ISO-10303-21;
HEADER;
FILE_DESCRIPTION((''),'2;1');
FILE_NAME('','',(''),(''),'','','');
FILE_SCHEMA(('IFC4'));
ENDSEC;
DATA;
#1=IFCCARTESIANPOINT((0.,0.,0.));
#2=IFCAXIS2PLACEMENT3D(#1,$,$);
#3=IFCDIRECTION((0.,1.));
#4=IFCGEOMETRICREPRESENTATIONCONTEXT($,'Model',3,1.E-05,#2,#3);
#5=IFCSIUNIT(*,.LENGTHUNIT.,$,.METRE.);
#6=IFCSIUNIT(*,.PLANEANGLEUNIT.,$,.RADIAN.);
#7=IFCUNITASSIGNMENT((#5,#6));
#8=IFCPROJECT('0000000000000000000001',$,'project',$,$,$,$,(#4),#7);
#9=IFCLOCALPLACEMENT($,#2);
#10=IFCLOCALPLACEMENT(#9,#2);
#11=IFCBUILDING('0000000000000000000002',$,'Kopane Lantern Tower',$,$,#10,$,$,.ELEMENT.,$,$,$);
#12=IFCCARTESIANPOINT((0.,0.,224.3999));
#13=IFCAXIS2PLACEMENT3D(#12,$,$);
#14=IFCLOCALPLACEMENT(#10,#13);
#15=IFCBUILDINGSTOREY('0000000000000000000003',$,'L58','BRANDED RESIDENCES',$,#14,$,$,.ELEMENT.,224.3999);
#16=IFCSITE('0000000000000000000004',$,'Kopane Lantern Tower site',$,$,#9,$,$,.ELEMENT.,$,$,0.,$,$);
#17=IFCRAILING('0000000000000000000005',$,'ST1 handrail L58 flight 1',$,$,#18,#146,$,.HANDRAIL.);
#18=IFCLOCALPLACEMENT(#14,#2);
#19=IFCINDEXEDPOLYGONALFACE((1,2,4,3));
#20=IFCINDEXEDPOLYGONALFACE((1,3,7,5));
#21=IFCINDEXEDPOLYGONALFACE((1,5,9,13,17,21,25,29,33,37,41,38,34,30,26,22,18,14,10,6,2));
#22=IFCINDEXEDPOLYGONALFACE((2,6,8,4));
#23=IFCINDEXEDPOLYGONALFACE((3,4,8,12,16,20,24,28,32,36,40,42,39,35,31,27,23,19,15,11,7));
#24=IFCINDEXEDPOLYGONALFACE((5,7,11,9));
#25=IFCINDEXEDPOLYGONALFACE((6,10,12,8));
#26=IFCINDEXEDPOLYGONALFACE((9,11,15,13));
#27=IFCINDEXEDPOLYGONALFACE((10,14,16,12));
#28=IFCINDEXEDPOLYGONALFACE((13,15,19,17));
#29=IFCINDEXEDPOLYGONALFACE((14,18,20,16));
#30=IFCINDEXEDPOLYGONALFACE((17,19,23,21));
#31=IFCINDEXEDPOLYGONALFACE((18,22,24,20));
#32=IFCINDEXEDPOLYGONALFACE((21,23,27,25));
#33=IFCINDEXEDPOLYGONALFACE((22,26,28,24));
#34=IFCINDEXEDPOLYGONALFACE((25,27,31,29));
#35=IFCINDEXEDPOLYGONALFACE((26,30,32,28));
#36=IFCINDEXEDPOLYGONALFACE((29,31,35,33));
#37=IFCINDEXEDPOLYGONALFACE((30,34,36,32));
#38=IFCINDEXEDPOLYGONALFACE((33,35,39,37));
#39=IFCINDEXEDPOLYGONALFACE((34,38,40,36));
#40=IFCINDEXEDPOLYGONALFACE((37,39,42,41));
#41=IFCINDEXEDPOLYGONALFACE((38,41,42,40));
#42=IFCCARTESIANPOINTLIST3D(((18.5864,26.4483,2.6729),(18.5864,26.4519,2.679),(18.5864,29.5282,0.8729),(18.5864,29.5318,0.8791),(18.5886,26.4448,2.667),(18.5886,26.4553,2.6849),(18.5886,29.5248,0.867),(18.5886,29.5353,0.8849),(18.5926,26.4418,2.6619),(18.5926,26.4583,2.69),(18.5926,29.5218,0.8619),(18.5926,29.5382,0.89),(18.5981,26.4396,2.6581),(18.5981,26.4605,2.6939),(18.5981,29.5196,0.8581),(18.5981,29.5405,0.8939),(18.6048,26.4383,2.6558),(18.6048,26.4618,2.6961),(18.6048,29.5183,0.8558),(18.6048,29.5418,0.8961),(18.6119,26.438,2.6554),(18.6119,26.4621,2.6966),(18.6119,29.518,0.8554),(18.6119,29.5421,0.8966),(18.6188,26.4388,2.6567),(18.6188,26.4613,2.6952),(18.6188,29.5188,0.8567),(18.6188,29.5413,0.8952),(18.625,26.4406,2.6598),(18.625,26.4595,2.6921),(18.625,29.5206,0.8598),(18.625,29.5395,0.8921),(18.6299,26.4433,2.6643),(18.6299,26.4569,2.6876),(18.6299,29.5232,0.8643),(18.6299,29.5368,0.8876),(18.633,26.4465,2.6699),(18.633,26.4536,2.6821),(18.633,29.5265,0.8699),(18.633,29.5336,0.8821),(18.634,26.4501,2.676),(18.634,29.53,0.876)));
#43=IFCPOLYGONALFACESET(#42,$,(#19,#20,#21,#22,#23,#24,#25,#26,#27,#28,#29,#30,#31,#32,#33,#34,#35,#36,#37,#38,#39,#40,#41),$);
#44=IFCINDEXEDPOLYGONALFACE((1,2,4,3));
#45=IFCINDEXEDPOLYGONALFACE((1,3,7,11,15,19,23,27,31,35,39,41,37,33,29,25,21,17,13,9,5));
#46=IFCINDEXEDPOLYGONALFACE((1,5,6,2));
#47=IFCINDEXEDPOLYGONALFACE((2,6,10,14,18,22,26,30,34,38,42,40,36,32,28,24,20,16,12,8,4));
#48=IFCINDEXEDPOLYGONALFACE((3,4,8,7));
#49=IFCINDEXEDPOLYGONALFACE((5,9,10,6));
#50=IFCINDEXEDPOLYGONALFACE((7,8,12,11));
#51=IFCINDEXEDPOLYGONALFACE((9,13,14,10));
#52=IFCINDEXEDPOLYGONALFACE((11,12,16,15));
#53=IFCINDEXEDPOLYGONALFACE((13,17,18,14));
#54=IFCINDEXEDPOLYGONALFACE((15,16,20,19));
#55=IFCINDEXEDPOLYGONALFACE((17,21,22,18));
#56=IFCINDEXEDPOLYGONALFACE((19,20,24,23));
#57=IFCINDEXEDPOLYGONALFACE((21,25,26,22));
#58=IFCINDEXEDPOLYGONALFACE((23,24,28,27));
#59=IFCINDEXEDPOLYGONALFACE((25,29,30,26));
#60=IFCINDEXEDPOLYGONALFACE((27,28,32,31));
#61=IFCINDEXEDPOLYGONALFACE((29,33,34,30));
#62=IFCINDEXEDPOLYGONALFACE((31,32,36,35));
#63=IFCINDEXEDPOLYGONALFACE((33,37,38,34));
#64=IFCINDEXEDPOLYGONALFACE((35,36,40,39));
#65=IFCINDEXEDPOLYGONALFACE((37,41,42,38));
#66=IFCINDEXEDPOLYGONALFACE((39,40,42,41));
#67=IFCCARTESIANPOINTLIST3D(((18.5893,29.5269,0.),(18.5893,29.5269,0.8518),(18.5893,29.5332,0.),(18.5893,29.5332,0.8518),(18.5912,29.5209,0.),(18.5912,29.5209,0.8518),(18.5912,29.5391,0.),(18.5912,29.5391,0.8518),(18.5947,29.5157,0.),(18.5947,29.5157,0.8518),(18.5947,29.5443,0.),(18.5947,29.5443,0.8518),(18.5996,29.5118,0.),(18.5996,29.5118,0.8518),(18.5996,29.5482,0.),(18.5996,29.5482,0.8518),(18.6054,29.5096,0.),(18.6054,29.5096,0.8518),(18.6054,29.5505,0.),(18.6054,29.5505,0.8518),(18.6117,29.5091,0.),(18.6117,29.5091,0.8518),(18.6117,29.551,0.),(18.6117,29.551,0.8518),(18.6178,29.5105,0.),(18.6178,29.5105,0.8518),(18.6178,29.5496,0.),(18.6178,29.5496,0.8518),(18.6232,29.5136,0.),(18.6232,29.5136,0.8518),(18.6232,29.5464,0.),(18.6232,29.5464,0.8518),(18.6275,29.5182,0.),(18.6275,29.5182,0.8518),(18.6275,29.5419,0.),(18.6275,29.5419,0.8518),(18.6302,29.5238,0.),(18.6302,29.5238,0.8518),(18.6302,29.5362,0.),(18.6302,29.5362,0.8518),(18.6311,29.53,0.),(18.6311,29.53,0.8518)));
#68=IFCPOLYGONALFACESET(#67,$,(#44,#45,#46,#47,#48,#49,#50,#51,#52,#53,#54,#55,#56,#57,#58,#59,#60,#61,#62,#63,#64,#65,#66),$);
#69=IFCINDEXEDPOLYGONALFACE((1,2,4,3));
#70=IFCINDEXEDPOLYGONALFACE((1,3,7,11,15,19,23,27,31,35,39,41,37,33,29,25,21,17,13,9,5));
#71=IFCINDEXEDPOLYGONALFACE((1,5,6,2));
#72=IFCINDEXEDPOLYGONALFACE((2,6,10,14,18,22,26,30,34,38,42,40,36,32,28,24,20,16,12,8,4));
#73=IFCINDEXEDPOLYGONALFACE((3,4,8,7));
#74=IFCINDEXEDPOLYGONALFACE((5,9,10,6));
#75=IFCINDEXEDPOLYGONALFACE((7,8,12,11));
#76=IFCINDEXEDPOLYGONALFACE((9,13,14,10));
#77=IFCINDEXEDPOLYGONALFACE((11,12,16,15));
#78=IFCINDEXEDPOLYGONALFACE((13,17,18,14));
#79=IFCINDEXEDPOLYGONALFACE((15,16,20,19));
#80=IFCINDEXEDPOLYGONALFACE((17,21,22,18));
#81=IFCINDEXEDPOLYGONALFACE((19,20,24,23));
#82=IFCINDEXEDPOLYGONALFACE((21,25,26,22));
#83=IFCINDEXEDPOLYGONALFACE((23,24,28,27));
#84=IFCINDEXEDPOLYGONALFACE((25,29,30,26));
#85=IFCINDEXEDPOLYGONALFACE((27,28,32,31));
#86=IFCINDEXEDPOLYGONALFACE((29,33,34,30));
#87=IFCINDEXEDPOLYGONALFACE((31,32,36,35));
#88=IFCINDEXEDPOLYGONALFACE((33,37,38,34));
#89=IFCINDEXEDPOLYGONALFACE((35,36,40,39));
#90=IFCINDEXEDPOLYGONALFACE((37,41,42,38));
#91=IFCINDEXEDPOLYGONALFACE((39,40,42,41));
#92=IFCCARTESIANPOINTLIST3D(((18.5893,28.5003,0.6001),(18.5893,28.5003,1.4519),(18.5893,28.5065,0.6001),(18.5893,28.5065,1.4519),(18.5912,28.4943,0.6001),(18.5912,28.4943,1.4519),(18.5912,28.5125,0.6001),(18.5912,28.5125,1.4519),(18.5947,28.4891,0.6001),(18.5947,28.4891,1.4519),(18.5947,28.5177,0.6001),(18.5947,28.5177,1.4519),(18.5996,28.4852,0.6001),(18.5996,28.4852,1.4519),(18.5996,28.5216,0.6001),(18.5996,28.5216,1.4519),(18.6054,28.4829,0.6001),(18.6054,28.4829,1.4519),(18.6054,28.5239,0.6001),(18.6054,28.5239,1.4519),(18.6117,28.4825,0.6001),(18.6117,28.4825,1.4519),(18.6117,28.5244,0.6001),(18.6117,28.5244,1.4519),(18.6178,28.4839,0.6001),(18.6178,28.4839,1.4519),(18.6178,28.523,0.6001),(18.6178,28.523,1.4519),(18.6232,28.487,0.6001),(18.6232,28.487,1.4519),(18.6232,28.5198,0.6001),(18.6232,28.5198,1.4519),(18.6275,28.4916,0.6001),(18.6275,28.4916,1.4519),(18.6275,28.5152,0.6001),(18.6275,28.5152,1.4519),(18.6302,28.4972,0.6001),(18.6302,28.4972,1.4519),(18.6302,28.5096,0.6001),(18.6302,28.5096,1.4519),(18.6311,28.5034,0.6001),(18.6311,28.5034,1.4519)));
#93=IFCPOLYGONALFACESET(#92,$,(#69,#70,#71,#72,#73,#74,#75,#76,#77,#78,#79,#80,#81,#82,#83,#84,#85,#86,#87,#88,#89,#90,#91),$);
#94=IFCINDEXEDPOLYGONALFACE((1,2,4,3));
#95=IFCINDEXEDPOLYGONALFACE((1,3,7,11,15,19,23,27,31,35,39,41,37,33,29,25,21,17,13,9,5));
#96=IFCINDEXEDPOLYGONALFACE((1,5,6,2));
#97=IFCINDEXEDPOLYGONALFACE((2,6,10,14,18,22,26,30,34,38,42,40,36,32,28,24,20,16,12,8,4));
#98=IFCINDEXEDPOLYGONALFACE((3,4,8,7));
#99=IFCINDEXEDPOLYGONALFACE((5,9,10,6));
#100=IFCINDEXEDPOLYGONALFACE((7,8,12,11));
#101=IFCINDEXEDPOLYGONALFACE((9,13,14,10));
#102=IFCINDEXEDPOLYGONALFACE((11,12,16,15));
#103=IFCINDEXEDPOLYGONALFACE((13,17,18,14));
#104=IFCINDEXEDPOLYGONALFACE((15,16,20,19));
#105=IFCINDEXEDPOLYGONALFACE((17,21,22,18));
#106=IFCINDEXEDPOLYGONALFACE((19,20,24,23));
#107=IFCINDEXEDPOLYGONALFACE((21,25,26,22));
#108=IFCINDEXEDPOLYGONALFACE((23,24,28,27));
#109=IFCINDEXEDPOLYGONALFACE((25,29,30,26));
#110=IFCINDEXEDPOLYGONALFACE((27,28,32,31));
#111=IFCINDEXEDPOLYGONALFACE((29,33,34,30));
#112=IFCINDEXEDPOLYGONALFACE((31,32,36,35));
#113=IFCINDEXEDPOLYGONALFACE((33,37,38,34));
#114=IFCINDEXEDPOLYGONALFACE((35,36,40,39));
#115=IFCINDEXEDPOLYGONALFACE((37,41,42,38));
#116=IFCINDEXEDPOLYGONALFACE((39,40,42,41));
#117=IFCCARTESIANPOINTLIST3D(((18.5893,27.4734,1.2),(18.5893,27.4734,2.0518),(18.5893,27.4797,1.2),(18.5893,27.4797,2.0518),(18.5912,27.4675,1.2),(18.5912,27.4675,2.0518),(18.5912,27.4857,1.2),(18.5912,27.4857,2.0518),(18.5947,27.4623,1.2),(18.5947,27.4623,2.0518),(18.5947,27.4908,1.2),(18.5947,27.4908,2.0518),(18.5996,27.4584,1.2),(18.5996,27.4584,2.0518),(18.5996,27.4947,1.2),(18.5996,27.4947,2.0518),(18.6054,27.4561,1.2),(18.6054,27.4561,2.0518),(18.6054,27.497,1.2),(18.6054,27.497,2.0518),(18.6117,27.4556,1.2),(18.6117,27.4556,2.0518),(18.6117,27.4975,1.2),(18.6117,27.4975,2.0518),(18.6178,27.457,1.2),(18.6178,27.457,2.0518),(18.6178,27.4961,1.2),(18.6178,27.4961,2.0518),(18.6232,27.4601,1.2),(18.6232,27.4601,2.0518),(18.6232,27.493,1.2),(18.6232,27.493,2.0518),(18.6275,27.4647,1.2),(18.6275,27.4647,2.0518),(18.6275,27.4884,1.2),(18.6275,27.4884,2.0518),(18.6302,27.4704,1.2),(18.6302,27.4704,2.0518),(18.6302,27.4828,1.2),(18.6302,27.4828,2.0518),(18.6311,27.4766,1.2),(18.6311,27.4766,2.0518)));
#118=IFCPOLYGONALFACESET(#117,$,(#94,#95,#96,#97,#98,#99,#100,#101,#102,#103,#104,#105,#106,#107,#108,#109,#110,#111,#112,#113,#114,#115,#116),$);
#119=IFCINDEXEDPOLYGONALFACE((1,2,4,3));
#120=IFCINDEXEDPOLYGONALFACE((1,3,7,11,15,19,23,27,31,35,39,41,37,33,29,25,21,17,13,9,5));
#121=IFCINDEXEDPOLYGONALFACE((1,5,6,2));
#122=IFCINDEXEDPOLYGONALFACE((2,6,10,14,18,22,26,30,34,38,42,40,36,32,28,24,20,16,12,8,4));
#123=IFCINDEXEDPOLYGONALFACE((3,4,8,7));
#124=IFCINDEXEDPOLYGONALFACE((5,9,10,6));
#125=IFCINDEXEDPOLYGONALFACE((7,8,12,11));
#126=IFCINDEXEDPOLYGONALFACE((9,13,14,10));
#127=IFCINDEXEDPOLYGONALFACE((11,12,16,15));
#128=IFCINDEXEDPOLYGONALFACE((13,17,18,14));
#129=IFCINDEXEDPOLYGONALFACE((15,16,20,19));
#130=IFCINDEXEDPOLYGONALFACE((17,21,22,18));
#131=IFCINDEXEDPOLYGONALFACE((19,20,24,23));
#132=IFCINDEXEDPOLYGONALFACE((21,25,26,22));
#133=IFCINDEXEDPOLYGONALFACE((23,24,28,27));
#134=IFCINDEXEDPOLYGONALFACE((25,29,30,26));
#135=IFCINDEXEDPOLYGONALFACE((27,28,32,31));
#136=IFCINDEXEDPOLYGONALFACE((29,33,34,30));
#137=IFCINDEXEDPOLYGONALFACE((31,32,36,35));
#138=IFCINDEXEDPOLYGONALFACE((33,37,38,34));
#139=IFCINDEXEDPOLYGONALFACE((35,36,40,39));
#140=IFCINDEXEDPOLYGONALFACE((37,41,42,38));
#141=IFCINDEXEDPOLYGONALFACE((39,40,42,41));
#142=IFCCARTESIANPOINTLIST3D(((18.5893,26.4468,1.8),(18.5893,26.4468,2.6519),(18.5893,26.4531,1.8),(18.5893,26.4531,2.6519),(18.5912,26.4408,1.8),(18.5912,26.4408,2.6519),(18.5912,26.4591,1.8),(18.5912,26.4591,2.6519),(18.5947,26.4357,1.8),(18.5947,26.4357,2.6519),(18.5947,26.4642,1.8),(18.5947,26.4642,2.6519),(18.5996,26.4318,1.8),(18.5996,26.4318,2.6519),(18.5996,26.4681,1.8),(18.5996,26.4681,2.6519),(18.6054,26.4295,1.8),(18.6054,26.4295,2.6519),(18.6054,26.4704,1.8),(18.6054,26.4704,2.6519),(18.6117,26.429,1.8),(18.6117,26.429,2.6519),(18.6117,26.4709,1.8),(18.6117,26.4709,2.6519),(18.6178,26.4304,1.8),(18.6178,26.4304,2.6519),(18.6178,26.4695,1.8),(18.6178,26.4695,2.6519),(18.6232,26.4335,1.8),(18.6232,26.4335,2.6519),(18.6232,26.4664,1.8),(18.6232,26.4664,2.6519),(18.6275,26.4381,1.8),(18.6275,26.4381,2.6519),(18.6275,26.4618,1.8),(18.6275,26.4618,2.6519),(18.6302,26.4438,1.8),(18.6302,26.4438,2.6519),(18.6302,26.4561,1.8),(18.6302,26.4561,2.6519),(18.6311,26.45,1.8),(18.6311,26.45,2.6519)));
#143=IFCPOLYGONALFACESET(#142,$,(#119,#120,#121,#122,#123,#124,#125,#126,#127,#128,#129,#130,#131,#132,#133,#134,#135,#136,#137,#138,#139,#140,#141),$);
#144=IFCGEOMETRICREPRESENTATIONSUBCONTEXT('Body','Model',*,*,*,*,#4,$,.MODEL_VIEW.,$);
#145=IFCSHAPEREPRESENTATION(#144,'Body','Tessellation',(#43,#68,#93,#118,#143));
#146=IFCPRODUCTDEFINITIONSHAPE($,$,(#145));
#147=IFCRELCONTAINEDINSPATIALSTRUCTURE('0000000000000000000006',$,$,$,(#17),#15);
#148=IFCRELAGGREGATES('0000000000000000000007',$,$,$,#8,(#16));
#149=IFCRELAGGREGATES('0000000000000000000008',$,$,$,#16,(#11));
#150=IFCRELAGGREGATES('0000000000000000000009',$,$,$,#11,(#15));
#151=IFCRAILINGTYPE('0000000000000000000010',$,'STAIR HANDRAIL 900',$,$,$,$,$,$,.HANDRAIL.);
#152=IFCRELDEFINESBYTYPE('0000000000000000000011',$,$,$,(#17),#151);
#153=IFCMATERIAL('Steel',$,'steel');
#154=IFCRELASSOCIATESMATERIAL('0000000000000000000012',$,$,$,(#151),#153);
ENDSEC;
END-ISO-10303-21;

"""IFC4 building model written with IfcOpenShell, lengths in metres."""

from ifc_helpers import new_model, si_unit, direction, frame, origin, origin_2d, place, context, subcontext, project, spatial, circle, extrude, material, type_object, element, save


model = new_model("IFC4")

# Units and contexts
model_context = context("Model", 3, precision=1e-05, world=origin(), true_north=direction((0.0, 1.0)))
body_context = subcontext(model_context, "Body", "Model", "MODEL_VIEW")
ifc_project = project(units=[si_unit("LENGTHUNIT", "METRE"), si_unit("PLANEANGLEUNIT", "RADIAN")], contexts=[model_context])

# Site, building, storey
site_placement = place(None, origin())
site = spatial("IfcSite", under=ifc_project, at=site_placement, Name="Kopane Lantern Tower site", CompositionType="ELEMENT", RefElevation=0.0)
building_placement = place(site_placement, origin())
building = spatial("IfcBuilding", under=site, at=building_placement, Name="Kopane Lantern Tower", CompositionType="ELEMENT")
storey_placement = place(building_placement, frame((0.0, 0.0, 224.3999)))
storey = spatial("IfcBuildingStorey", under=building, at=storey_placement, Name="L58", Description="BRANDED RESIDENCES", CompositionType="ELEMENT", Elevation=224.3999)

# Railing
ifc_material_1 = material(Name="Steel", Category="steel")
railing_type_1 = type_object("IfcRailingType", Name="STAIR HANDRAIL 900", PredefinedType="HANDRAIL", material=ifc_material_1)
for number, where, name in (
    (1, (18.6101, 29.53, 0.0), "ST1 handrail L58 flight 1"),
):
    element("IfcRailing", number, at=place(storey_placement, frame(where)), inside=storey, type_object=railing_type_1, Name=name, PredefinedType="HANDRAIL", context=body_context, shape_type="SweptSolid", body=[
        extrude(circle(Radius=0.0239, at=origin_2d()), frame((0.0, 0.0, 0.876), z_axis=(0.0, -0.863372, 0.504569), x_axis=(1.0, 0.0, 0.0)), (0.0, 0.0, 1.0), 3.5674),
        extrude(circle(Radius=0.021, at=origin_2d()), origin(), (0.0, 0.0, 1.0), 0.8518),
        extrude(circle(Radius=0.021, at=origin_2d()), frame((0.0, -1.0266, 0.6001)), (0.0, 0.0, 1.0), 0.8518),
        extrude(circle(Radius=0.021, at=origin_2d()), frame((0.0, -2.0535, 1.2)), (0.0, 0.0, 1.0), 0.8518),
        extrude(circle(Radius=0.021, at=origin_2d()), frame((0.0, -3.0801, 1.8)), (0.0, 0.0, 1.0), 0.8518),
    ])

save(model, "model.ifc")
